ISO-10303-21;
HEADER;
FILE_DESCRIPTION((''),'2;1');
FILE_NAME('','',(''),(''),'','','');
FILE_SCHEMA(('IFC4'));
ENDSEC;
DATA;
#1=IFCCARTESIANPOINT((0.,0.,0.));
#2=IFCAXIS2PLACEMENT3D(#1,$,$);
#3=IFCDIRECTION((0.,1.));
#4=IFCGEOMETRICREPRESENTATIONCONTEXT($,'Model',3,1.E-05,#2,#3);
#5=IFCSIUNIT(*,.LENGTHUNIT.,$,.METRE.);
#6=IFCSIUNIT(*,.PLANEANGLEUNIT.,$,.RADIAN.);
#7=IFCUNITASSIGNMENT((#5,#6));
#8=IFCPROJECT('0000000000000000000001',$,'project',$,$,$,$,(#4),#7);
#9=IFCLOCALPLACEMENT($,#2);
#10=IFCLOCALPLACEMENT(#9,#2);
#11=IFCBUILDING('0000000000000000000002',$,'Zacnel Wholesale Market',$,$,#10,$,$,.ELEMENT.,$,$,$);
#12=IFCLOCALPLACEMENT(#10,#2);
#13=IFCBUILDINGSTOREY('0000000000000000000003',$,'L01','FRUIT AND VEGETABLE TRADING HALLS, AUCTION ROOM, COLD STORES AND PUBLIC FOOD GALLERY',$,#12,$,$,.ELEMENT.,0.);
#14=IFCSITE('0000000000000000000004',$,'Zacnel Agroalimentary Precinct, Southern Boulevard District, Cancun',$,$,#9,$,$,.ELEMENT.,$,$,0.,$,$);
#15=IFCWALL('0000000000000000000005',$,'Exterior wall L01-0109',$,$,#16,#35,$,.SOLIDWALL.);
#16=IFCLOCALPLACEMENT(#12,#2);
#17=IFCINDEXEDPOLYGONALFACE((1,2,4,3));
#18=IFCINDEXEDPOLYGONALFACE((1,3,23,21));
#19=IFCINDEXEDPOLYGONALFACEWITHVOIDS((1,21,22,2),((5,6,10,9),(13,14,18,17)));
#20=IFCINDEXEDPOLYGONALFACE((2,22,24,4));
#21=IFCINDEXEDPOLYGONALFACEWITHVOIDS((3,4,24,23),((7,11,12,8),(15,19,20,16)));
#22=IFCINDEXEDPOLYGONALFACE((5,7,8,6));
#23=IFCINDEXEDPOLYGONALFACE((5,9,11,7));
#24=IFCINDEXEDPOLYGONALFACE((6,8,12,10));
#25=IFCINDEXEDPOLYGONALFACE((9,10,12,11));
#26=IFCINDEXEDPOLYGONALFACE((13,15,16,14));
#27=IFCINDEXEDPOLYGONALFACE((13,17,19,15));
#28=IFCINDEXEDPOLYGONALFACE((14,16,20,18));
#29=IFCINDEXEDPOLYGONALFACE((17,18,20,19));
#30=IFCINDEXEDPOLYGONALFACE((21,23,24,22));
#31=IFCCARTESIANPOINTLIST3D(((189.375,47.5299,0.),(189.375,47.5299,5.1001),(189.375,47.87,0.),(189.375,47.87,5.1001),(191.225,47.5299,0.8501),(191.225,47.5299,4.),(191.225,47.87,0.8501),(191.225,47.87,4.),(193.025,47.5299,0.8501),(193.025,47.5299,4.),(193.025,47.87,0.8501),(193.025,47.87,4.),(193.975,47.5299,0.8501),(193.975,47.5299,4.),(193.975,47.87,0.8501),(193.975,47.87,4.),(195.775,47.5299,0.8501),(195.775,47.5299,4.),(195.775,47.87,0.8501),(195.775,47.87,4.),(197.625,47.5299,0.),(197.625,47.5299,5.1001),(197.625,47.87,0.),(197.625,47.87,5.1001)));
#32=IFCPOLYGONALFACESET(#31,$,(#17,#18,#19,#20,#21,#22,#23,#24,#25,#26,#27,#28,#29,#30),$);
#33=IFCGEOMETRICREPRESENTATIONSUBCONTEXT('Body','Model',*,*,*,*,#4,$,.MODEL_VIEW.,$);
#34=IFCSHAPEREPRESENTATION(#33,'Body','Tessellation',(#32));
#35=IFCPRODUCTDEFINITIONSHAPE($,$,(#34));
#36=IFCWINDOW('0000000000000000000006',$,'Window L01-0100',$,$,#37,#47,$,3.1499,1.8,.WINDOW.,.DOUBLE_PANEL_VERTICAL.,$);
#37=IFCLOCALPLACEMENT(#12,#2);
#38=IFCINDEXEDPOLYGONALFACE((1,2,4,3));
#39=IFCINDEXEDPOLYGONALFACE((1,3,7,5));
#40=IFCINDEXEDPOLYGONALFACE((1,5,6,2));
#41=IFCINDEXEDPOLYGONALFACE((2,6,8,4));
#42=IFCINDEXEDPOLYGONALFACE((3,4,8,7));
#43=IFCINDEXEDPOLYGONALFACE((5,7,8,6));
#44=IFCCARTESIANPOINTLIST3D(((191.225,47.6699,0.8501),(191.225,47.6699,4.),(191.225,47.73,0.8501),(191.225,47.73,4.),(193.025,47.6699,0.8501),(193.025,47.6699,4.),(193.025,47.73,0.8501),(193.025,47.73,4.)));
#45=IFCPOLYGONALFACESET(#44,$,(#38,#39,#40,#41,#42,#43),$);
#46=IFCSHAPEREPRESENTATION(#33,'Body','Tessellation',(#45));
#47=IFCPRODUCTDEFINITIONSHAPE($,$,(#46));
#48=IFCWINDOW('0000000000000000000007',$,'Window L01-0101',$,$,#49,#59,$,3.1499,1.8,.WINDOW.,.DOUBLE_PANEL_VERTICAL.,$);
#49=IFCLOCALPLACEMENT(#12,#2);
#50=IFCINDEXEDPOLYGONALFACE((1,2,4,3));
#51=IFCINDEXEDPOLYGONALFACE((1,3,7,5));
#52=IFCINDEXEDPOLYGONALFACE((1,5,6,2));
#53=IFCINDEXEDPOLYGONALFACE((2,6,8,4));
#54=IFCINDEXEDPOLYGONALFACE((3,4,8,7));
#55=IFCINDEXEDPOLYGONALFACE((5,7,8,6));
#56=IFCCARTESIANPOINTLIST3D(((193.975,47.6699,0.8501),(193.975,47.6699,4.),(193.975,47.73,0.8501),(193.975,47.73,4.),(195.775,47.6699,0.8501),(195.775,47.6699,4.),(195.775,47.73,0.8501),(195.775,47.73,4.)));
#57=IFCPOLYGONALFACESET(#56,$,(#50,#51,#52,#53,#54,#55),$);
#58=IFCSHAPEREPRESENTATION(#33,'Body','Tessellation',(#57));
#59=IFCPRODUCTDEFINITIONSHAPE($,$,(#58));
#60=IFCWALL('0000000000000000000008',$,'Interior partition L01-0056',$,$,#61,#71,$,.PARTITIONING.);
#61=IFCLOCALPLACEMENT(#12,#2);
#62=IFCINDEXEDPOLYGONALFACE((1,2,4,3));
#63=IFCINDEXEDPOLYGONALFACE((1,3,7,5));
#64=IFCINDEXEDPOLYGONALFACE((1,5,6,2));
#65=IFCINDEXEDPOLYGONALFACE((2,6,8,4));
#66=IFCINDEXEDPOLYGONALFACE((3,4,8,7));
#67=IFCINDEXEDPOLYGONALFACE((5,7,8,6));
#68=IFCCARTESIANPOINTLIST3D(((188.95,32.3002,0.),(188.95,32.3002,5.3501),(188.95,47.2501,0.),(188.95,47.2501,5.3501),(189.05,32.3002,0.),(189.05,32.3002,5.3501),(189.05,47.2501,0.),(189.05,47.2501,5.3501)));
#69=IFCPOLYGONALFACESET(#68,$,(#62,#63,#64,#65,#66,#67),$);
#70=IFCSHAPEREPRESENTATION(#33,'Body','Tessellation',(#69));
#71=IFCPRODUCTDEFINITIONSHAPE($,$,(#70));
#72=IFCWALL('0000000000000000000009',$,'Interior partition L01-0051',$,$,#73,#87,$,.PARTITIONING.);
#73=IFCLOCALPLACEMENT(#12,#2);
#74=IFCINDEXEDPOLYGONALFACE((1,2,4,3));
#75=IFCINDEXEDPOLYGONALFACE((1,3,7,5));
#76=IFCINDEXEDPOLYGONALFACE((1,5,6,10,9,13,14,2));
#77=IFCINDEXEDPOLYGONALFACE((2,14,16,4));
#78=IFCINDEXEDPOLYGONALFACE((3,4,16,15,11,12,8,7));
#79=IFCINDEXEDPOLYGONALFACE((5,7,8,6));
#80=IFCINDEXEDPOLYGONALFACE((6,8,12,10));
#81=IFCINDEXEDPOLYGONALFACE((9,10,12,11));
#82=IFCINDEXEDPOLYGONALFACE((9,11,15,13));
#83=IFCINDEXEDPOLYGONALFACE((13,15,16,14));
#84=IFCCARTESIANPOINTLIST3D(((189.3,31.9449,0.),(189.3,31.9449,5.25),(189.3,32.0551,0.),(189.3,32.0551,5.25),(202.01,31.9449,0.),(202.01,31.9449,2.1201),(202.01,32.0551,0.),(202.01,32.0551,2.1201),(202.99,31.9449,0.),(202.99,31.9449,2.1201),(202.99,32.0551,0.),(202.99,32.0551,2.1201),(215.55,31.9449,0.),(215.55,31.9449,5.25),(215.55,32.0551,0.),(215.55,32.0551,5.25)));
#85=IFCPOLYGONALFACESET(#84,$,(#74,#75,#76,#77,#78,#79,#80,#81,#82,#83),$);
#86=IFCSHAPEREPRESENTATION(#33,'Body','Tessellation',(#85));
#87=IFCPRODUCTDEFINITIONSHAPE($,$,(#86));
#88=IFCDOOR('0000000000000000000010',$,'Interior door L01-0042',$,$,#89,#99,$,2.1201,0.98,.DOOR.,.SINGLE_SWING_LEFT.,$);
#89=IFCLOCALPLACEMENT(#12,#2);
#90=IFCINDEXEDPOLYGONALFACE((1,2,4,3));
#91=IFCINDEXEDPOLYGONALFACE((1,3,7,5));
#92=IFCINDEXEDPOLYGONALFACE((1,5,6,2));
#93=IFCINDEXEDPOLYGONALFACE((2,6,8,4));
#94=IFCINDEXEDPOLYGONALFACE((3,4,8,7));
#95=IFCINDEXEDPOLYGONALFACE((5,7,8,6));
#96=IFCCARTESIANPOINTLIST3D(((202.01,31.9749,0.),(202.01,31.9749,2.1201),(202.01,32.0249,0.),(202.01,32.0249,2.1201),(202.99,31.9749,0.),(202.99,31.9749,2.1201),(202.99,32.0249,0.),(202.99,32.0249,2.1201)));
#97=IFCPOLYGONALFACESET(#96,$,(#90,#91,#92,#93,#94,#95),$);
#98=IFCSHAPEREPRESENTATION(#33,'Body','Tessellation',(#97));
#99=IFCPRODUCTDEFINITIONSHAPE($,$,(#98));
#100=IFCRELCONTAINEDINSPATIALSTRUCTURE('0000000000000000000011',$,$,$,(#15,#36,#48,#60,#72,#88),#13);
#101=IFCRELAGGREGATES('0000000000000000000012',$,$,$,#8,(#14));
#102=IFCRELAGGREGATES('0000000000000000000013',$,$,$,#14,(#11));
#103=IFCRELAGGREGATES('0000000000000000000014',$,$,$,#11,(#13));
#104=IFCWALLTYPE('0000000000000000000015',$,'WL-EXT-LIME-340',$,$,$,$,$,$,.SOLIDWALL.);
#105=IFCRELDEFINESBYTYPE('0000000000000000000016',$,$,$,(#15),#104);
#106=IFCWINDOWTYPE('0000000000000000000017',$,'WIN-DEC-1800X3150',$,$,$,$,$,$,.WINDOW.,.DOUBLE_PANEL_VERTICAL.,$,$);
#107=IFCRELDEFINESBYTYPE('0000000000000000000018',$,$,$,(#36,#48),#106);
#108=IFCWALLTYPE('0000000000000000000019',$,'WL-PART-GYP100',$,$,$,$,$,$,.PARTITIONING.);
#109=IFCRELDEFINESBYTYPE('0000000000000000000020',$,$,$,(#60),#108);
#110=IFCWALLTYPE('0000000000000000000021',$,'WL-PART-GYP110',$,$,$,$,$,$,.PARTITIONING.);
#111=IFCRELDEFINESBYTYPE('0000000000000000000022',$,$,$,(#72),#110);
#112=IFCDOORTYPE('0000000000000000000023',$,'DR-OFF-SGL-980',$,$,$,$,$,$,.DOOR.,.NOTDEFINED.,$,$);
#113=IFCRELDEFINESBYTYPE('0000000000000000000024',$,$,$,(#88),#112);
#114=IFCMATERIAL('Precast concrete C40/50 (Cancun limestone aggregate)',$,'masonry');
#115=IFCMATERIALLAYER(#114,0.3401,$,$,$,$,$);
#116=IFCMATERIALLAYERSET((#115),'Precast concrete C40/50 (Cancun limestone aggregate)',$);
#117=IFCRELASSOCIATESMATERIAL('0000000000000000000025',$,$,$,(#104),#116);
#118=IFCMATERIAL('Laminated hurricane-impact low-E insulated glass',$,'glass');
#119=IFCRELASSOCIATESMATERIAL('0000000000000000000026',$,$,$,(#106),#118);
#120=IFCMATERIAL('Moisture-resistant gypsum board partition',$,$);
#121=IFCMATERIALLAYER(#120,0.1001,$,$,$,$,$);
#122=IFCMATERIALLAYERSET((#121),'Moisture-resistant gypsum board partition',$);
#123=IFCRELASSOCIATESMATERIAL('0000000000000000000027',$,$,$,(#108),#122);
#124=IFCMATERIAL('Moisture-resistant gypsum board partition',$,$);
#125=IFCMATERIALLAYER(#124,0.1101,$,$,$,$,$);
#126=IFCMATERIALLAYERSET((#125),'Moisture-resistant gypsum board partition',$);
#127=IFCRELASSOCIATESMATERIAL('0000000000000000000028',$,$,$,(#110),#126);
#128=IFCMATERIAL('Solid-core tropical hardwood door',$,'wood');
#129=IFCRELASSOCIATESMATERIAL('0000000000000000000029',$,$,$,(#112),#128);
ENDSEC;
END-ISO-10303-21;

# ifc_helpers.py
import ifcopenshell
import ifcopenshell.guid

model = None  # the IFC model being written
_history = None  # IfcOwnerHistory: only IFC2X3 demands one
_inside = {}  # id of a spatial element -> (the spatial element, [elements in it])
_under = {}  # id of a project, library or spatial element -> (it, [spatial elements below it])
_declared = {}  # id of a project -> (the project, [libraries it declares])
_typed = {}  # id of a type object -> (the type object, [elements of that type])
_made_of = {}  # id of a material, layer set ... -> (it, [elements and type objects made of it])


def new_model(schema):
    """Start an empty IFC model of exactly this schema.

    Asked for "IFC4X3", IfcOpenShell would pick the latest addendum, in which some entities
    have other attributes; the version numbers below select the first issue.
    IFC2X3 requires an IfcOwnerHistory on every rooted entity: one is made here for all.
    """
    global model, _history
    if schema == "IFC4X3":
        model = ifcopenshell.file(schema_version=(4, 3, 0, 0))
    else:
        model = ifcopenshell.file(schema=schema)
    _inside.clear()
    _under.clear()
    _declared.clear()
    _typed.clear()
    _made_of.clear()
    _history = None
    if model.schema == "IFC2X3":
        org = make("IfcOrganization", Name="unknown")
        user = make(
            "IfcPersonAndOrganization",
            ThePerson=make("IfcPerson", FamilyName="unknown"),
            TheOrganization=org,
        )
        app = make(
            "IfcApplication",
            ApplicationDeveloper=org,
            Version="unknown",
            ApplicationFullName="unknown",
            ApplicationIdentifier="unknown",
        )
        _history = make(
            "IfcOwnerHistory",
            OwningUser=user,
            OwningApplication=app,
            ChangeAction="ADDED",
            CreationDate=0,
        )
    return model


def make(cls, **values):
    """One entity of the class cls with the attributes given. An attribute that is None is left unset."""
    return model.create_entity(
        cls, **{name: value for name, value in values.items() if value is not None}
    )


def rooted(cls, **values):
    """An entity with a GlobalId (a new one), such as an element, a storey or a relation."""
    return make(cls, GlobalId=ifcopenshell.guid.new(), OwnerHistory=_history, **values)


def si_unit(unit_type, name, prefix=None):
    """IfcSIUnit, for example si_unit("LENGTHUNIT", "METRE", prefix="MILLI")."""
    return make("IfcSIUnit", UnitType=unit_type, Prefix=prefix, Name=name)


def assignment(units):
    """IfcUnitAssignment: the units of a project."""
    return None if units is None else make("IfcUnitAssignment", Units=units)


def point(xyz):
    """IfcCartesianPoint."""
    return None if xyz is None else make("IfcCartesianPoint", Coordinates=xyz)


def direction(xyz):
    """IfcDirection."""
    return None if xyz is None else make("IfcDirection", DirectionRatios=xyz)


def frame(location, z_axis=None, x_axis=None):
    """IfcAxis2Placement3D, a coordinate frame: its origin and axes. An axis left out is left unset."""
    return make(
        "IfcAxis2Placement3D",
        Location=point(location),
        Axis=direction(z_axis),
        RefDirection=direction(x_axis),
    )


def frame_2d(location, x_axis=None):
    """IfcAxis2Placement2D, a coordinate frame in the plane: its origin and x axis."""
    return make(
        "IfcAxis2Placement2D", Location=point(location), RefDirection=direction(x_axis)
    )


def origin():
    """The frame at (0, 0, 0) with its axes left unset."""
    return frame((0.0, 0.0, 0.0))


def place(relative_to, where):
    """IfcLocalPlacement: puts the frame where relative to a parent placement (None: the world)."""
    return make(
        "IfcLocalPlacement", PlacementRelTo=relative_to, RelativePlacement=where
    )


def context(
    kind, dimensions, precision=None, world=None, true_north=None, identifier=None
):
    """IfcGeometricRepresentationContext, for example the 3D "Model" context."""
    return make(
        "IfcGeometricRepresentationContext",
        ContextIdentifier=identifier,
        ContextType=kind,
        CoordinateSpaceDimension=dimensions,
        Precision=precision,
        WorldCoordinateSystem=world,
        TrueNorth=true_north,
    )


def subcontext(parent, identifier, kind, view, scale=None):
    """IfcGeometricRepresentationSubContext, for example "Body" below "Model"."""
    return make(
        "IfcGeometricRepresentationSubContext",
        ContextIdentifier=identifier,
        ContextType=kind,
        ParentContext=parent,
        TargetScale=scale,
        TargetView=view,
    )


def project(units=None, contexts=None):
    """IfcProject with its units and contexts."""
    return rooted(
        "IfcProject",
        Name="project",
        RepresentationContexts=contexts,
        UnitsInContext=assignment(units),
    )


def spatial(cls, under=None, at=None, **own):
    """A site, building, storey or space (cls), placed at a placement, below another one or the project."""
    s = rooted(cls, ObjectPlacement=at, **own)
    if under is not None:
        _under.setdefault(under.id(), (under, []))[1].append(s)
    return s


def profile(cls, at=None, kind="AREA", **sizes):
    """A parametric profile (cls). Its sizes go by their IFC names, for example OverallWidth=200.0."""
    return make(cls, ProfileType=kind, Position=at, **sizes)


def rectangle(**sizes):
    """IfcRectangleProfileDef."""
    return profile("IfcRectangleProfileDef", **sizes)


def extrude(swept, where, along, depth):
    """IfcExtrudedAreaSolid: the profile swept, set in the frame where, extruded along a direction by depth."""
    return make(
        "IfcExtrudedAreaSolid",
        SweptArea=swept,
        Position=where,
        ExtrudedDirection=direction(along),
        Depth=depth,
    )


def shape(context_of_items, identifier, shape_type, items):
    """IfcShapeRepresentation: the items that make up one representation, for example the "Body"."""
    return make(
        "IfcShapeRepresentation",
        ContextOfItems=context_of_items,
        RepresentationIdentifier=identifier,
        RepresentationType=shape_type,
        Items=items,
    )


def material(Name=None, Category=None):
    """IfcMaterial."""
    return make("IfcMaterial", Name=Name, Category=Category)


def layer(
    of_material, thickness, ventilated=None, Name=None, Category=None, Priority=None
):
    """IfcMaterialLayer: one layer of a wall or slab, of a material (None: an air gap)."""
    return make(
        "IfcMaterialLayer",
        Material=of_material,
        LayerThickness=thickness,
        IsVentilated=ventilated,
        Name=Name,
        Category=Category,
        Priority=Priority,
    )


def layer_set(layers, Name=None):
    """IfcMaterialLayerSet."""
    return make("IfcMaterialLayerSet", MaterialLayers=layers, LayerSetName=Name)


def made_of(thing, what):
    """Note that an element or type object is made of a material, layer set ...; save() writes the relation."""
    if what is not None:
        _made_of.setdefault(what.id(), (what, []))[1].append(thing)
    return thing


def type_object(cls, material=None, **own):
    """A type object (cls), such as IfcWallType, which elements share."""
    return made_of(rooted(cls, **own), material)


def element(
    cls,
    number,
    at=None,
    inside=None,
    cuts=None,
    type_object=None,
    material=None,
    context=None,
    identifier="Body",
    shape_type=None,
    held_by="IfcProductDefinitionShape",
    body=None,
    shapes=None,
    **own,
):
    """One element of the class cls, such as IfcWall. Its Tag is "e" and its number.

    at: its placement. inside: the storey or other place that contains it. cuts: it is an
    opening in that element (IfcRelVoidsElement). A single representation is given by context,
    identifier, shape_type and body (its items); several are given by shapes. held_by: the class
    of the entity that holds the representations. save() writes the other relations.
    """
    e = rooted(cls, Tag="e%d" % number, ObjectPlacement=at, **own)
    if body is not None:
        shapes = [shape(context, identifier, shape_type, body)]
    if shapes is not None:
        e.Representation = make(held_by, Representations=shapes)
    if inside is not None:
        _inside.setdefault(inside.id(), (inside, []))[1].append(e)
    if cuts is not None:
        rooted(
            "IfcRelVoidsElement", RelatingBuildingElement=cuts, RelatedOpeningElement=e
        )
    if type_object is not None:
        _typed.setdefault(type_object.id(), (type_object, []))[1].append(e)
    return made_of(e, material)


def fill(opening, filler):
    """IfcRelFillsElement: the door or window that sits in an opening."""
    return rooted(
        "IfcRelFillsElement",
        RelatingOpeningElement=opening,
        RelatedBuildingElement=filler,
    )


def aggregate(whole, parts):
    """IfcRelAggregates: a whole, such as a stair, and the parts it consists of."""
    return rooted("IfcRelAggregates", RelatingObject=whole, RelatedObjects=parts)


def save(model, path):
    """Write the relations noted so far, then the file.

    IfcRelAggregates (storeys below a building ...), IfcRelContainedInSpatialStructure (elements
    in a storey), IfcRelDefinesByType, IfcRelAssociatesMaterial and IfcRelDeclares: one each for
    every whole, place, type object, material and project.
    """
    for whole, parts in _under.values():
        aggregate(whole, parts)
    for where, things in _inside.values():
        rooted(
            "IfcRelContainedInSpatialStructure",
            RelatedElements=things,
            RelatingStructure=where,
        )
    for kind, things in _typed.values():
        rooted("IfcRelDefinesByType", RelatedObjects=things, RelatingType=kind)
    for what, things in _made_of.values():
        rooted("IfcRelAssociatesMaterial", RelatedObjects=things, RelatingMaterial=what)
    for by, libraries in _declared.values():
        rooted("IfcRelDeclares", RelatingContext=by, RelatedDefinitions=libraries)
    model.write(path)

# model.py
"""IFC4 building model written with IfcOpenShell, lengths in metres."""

from ifc_helpers import new_model, si_unit, direction, frame, frame_2d, origin, place, context, subcontext, project, spatial, rectangle, extrude, material, layer, layer_set, type_object, element, fill, save


model = new_model("IFC4")

# Units and contexts
model_context = context("Model", 3, precision=1e-05, world=origin(), true_north=direction((0.0, 1.0)))
body_context = subcontext(model_context, "Body", "Model", "MODEL_VIEW")
ifc_project = project(units=[si_unit("LENGTHUNIT", "METRE"), si_unit("PLANEANGLEUNIT", "RADIAN")], contexts=[model_context])

# Site, building, storey
site_placement = place(None, origin())
site = spatial("IfcSite", under=ifc_project, at=site_placement, Name="Zacnel Agroalimentary Precinct, Southern Boulevard District, Cancun", CompositionType="ELEMENT", RefElevation=0.0)
building_placement = place(site_placement, origin())
building = spatial("IfcBuilding", under=site, at=building_placement, Name="Zacnel Wholesale Market", CompositionType="ELEMENT")
storey_placement = place(building_placement, origin())
storey = spatial("IfcBuildingStorey", under=building, at=storey_placement, Name="L01", Description="FRUIT AND VEGETABLE TRADING HALLS, AUCTION ROOM, COLD STORES AND PUBLIC FOOD GALLERY", CompositionType="ELEMENT", Elevation=0.0)

# Wall, openings, windows
ifc_material_1 = material(Name="Precast concrete C40/50 (Cancun limestone aggregate)", Category="masonry")
ifc_layer_1 = layer(ifc_material_1, 0.3401)
ifc_layer_set_1 = layer_set([ifc_layer_1], Name="Precast concrete C40/50 (Cancun limestone aggregate)")
wall_type_1 = type_object("IfcWallType", Name="WL-EXT-LIME-340", PredefinedType="SOLIDWALL", material=ifc_layer_set_1)
wall_1_placement = place(storey_placement, frame((189.375, 47.7, 0.0), z_axis=(0.0, 0.0, 1.0), x_axis=(1.0, 0.0, 0.0)))
wall_1 = element("IfcWall", 1, at=wall_1_placement, inside=storey, type_object=wall_type_1, Name="Exterior wall L01-0109", PredefinedType="SOLIDWALL", context=body_context, shape_type="SweptSolid", body=[
    extrude(rectangle(XDim=8.25, YDim=0.3401, at=frame_2d((4.125, 0.0))), origin(), (0.0, 0.0, 1.0), 5.1001),
])
opening_1_placement = place(wall_1_placement, frame((1.8501, 0.0, 0.8501)))
opening_1 = element("IfcOpeningElement", 2, at=opening_1_placement, cuts=wall_1, PredefinedType="OPENING", context=body_context, shape_type="SweptSolid", body=[
    extrude(rectangle(XDim=1.8, YDim=3.1499, at=frame_2d((0.8999, 1.575))), frame((0.0, 0.1799, 0.0), z_axis=(0.0, -1.0, 0.0), x_axis=(1.0, 0.0, 0.0)), (0.0, 0.0, 1.0), 0.3601),
])
opening_2_placement = place(wall_1_placement, frame((4.6001, 0.0, 0.8501)))
opening_2 = element("IfcOpeningElement", 3, at=opening_2_placement, cuts=wall_1, PredefinedType="OPENING", context=body_context, shape_type="SweptSolid", body=[
    extrude(rectangle(XDim=1.8, YDim=3.1499, at=frame_2d((0.8999, 1.575))), frame((0.0, 0.1799, 0.0), z_axis=(0.0, -1.0, 0.0), x_axis=(1.0, 0.0, 0.0)), (0.0, 0.0, 1.0), 0.3601),
])
ifc_material_2 = material(Name="Laminated hurricane-impact low-E insulated glass", Category="glass")
window_type_1 = type_object("IfcWindowType", Name="WIN-DEC-1800X3150", PartitioningType="DOUBLE_PANEL_VERTICAL", PredefinedType="WINDOW", material=ifc_material_2)
window_1_placement = place(opening_1_placement, origin())
window_1 = element("IfcWindow", 4, at=window_1_placement, inside=storey, type_object=window_type_1, Name="Window L01-0100", OverallHeight=3.1499, OverallWidth=1.8, PartitioningType="DOUBLE_PANEL_VERTICAL", PredefinedType="WINDOW", context=body_context, shape_type="SweptSolid", body=[
    extrude(rectangle(XDim=1.8, YDim=3.1499, at=frame_2d((0.8999, 1.575))), frame((0.0, 0.03, 0.0), z_axis=(0.0, -1.0, 0.0), x_axis=(1.0, 0.0, 0.0)), (0.0, 0.0, 1.0), 0.0601),
])
fill(opening_1, window_1)
window_2_placement = place(opening_2_placement, origin())
window_2 = element("IfcWindow", 5, at=window_2_placement, inside=storey, type_object=window_type_1, Name="Window L01-0101", OverallHeight=3.1499, OverallWidth=1.8, PartitioningType="DOUBLE_PANEL_VERTICAL", PredefinedType="WINDOW", context=body_context, shape_type="SweptSolid", body=[
    extrude(rectangle(XDim=1.8, YDim=3.1499, at=frame_2d((0.8999, 1.575))), frame((0.0, 0.03, 0.0), z_axis=(0.0, -1.0, 0.0), x_axis=(1.0, 0.0, 0.0)), (0.0, 0.0, 1.0), 0.0601),
])
fill(opening_2, window_2)

# Wall
ifc_material_3 = material(Name="Moisture-resistant gypsum board partition")
ifc_layer_2 = layer(ifc_material_3, 0.1001)
ifc_layer_set_2 = layer_set([ifc_layer_2], Name="Moisture-resistant gypsum board partition")
wall_type_2 = type_object("IfcWallType", Name="WL-PART-GYP100", PredefinedType="PARTITIONING", material=ifc_layer_set_2)
wall_2_placement = place(storey_placement, frame((189.0, 32.3, 0.0), z_axis=(0.0, 0.0, 1.0), x_axis=(0.0, 1.0, 0.0)))
element("IfcWall", 6, at=wall_2_placement, inside=storey, type_object=wall_type_2, Name="Interior partition L01-0056", PredefinedType="PARTITIONING", context=body_context, shape_type="SweptSolid", body=[
    extrude(rectangle(XDim=14.95, YDim=0.1001, at=frame_2d((7.4751, 0.0))), origin(), (0.0, 0.0, 1.0), 5.3501),
])

# Wall, opening, door
ifc_material_4 = material(Name="Moisture-resistant gypsum board partition")
ifc_layer_3 = layer(ifc_material_4, 0.1101)
ifc_layer_set_3 = layer_set([ifc_layer_3], Name="Moisture-resistant gypsum board partition")
wall_type_3 = type_object("IfcWallType", Name="WL-PART-GYP110", PredefinedType="PARTITIONING", material=ifc_layer_set_3)
wall_3_placement = place(storey_placement, frame((189.3, 32.0, 0.0), z_axis=(0.0, 0.0, 1.0), x_axis=(1.0, 0.0, 0.0)))
wall_3 = element("IfcWall", 7, at=wall_3_placement, inside=storey, type_object=wall_type_3, Name="Interior partition L01-0051", PredefinedType="PARTITIONING", context=body_context, shape_type="SweptSolid", body=[
    extrude(rectangle(XDim=26.25, YDim=0.1101, at=frame_2d((13.125, 0.0))), origin(), (0.0, 0.0, 1.0), 5.25),
])
opening_3_placement = place(wall_3_placement, frame((12.71, 0.0, 0.0)))
opening_3 = element("IfcOpeningElement", 8, at=opening_3_placement, cuts=wall_3, PredefinedType="OPENING", context=body_context, shape_type="SweptSolid", body=[
    extrude(rectangle(XDim=0.98, YDim=2.1201, at=frame_2d((0.49, 1.0601))), frame((0.0, 0.0649, 0.0), z_axis=(0.0, -1.0, 0.0), x_axis=(1.0, 0.0, 0.0)), (0.0, 0.0, 1.0), 0.1301),
])
ifc_material_5 = material(Name="Solid-core tropical hardwood door", Category="wood")
door_type = type_object("IfcDoorType", Name="DR-OFF-SGL-980", OperationType="NOTDEFINED", PredefinedType="DOOR", material=ifc_material_5)
door_placement = place(opening_3_placement, origin())
door = element("IfcDoor", 9, at=door_placement, inside=storey, type_object=door_type, Name="Interior door L01-0042", OperationType="SINGLE_SWING_LEFT", OverallHeight=2.1201, OverallWidth=0.98, PredefinedType="DOOR", context=body_context, shape_type="SweptSolid", body=[
    extrude(rectangle(XDim=0.98, YDim=2.1201, at=frame_2d((0.49, 1.0601))), frame((0.0, 0.0249, 0.0), z_axis=(0.0, -1.0, 0.0), x_axis=(1.0, 0.0, 0.0)), (0.0, 0.0, 1.0), 0.05),
])
fill(opening_3, door)

save(model, "model.ifc")
